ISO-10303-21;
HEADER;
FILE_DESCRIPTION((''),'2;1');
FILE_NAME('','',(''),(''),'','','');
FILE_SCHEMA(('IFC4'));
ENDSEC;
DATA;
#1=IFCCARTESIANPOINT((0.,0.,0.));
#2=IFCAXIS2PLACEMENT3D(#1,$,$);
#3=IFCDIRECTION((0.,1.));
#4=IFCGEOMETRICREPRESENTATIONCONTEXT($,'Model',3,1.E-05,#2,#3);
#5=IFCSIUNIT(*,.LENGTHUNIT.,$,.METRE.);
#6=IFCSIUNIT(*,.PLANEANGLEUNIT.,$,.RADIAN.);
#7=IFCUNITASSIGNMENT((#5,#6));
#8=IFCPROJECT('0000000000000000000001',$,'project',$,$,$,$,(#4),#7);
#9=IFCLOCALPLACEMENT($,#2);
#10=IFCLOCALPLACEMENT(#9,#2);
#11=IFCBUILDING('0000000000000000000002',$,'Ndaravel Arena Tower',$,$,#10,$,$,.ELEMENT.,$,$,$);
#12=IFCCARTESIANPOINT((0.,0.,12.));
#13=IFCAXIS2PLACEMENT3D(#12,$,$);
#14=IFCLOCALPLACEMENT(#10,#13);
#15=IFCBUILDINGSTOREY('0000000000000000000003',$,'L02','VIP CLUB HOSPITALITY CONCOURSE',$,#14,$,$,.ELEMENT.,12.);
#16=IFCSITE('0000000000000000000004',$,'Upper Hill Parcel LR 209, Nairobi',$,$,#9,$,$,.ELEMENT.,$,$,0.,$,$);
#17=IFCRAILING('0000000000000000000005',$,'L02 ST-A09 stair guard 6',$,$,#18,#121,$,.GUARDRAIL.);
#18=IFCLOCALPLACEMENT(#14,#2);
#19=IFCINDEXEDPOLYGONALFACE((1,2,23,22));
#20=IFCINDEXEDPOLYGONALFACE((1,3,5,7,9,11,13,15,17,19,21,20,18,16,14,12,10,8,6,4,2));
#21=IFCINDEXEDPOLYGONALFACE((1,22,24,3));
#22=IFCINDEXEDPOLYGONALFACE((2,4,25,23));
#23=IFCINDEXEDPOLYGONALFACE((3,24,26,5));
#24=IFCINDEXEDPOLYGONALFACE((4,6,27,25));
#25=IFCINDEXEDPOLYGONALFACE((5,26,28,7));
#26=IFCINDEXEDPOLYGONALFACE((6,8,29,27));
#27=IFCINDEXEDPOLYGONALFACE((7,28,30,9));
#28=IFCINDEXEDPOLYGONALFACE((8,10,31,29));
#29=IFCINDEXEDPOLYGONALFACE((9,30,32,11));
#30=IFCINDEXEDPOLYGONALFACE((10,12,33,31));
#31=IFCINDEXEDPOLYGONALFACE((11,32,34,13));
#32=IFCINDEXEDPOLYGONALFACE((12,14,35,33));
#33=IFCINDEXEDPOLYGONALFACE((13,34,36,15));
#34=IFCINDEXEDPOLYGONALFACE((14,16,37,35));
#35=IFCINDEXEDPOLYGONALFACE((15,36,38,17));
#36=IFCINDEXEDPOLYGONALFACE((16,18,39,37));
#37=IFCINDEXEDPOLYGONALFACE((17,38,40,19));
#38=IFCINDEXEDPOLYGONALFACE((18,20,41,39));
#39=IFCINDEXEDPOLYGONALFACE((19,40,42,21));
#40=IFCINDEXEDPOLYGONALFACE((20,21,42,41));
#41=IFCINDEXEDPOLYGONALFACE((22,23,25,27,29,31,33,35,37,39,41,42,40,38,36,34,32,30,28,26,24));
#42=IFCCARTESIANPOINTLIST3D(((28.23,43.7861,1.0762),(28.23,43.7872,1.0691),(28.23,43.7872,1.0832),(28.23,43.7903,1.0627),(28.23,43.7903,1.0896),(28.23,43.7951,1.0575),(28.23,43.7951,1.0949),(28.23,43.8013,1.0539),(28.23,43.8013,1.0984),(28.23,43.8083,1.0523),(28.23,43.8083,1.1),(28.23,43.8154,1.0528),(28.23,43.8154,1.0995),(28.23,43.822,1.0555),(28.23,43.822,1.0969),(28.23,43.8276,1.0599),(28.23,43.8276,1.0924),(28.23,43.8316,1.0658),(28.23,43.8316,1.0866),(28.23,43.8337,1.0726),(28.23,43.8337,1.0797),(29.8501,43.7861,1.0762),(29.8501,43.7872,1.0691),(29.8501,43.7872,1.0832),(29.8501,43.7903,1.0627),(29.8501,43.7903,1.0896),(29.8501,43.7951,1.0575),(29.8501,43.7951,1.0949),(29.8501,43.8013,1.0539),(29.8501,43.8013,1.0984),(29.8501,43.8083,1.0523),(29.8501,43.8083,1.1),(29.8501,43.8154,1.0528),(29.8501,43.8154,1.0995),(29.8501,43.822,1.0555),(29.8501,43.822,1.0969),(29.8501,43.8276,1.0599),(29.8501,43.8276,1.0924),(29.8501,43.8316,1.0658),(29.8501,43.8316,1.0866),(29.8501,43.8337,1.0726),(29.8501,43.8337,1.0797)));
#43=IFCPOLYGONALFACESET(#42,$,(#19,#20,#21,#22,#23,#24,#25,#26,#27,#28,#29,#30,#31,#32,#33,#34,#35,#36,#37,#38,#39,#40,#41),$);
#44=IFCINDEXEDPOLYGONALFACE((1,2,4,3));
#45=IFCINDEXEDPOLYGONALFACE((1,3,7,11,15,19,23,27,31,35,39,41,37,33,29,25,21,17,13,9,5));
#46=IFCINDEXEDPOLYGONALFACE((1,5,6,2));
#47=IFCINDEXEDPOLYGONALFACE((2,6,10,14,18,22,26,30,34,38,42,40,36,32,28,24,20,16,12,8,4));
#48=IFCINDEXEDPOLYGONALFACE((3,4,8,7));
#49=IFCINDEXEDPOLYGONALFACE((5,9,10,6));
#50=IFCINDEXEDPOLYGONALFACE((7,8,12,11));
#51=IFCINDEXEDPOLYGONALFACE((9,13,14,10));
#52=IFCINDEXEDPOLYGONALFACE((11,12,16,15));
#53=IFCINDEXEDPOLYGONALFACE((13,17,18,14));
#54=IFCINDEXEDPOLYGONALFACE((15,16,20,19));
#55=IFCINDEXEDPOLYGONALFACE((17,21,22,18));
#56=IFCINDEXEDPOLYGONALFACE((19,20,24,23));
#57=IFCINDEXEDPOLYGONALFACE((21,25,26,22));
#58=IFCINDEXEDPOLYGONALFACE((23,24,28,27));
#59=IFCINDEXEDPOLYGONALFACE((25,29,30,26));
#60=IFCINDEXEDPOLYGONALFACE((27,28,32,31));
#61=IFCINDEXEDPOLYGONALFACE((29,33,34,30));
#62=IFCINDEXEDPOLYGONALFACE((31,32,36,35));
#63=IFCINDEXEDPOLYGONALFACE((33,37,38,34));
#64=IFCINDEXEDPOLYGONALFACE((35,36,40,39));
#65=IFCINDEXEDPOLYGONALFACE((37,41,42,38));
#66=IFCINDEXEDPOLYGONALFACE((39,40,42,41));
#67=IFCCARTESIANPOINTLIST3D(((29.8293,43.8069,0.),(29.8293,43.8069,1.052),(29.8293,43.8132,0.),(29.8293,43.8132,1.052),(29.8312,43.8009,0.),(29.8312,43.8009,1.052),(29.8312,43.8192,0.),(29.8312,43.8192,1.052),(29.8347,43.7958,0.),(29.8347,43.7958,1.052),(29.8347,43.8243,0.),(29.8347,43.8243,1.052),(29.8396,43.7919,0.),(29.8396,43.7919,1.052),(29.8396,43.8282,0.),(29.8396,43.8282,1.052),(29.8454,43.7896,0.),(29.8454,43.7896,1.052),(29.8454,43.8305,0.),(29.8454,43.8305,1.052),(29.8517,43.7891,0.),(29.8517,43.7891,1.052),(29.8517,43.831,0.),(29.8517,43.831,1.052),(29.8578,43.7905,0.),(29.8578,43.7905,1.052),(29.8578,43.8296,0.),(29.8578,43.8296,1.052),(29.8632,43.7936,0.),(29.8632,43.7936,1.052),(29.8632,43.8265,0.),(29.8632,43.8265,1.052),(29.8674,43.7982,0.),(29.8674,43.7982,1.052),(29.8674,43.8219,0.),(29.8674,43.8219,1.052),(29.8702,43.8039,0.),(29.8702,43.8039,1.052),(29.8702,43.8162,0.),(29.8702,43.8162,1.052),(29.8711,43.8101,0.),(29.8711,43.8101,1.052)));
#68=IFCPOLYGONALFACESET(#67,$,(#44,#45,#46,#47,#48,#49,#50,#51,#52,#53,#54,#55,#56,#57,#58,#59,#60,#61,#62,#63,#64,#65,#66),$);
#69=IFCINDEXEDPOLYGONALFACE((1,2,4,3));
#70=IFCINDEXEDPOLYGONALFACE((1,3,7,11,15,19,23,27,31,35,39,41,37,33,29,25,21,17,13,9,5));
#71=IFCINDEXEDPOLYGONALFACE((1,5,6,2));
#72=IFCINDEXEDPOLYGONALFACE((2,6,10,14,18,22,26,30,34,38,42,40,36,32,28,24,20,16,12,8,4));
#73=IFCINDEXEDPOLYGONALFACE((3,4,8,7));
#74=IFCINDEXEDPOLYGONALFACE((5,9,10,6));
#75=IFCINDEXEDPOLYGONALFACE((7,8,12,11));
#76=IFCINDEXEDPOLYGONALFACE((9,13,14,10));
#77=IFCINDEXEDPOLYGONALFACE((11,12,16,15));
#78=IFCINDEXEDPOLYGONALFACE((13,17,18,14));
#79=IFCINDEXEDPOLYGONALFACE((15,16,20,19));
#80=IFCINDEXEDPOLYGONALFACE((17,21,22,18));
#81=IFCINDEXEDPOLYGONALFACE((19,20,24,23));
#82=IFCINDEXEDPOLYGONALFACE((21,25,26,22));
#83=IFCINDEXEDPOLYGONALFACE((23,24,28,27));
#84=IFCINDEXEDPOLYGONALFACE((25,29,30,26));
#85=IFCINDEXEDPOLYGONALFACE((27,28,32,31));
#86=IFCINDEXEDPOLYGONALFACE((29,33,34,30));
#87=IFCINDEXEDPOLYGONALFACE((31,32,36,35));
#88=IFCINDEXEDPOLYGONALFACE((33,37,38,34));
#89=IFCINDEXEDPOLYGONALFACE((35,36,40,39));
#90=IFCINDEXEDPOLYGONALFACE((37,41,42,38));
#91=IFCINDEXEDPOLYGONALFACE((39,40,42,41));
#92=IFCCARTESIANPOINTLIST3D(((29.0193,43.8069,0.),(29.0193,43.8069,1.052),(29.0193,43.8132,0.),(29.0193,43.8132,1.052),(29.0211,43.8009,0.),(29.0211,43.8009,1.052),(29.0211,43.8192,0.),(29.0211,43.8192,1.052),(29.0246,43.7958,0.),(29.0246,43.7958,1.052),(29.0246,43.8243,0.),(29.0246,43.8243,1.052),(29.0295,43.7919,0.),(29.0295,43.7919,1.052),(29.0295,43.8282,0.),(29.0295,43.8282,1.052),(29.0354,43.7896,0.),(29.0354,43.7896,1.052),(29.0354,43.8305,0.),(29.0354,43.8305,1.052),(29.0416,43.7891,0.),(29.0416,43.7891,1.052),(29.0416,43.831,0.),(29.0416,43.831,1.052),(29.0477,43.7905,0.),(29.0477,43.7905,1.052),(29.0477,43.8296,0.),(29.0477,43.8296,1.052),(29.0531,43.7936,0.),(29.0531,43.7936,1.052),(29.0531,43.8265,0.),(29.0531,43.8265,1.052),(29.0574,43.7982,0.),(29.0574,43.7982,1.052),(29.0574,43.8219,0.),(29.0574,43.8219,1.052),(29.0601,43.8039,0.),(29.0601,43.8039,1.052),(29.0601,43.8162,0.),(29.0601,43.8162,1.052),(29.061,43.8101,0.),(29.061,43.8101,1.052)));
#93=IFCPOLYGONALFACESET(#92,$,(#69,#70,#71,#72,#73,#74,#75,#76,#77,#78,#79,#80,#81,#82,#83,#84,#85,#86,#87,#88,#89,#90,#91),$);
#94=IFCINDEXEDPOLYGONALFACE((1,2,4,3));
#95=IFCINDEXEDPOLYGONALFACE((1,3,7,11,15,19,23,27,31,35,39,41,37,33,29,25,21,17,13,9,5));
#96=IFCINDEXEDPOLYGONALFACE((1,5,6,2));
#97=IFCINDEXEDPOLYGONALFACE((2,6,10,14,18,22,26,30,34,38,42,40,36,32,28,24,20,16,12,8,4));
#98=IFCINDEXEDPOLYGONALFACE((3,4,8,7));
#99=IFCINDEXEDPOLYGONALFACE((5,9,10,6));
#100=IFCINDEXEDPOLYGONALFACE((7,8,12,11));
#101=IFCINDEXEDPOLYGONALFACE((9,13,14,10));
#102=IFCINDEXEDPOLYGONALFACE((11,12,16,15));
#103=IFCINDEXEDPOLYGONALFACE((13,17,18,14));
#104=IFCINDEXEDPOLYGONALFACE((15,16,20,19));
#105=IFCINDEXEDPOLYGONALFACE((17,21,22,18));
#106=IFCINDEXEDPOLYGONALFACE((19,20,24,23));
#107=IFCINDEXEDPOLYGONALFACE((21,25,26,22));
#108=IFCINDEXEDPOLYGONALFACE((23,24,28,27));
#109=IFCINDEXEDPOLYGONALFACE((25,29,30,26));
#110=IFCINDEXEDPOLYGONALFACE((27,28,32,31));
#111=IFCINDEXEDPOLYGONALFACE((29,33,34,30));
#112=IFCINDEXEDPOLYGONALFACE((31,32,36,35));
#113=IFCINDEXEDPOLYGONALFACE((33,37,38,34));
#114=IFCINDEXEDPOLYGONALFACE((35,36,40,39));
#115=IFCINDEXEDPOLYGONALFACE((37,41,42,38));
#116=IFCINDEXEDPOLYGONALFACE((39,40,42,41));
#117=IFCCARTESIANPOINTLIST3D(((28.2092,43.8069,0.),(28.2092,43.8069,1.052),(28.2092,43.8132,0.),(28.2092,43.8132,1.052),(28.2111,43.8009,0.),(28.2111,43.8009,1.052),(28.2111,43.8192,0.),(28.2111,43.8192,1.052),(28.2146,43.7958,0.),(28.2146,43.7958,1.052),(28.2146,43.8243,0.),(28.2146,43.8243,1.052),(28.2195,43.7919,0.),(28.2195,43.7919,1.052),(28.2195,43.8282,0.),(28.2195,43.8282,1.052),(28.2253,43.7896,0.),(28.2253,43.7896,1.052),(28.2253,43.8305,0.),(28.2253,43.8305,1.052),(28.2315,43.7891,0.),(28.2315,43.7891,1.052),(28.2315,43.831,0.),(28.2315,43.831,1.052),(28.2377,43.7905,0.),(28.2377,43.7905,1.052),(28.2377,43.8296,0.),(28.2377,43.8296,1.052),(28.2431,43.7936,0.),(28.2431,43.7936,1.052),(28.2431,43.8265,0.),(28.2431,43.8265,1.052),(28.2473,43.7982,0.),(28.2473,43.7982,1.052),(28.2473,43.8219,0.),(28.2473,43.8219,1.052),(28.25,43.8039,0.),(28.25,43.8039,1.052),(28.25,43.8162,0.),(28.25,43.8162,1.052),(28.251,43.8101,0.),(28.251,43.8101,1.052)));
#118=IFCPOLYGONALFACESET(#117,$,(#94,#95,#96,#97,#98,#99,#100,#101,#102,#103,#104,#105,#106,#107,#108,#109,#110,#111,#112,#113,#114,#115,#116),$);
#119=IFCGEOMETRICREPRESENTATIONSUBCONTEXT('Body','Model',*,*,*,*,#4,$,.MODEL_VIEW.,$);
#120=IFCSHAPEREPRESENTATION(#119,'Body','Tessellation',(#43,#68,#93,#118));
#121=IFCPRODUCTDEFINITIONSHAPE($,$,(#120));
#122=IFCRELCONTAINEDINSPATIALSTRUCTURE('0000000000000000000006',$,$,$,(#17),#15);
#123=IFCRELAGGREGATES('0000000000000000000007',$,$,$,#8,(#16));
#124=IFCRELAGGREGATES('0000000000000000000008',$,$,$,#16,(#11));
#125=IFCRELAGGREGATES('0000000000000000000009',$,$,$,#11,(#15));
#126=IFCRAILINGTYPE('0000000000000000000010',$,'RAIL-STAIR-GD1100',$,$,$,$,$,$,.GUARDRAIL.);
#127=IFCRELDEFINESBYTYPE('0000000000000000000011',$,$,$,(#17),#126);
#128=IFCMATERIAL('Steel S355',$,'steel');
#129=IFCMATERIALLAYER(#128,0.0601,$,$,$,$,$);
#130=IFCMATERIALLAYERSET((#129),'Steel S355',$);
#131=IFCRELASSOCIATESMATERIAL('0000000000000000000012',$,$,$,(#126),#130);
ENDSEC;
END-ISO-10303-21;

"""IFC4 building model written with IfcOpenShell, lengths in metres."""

from ifc_helpers import new_model, si_unit, direction, frame, origin, origin_2d, place, context, subcontext, project, spatial, circle, extrude, material, layer, layer_set, type_object, element, save


model = new_model("IFC4")

# Units and contexts
model_context = context("Model", 3, precision=1e-05, world=origin(), true_north=direction((0.0, 1.0)))
body_context = subcontext(model_context, "Body", "Model", "MODEL_VIEW")
ifc_project = project(units=[si_unit("LENGTHUNIT", "METRE"), si_unit("PLANEANGLEUNIT", "RADIAN")], contexts=[model_context])

# Site, building, storey
site_placement = place(None, origin())
site = spatial("IfcSite", under=ifc_project, at=site_placement, Name="Upper Hill Parcel LR 209, Nairobi", CompositionType="ELEMENT", RefElevation=0.0)
building_placement = place(site_placement, origin())
building = spatial("IfcBuilding", under=site, at=building_placement, Name="Ndaravel Arena Tower", CompositionType="ELEMENT")
storey_placement = place(building_placement, frame((0.0, 0.0, 12.0)))
storey = spatial("IfcBuildingStorey", under=building, at=storey_placement, Name="L02", Description="VIP CLUB HOSPITALITY CONCOURSE", CompositionType="ELEMENT", Elevation=12.0)

# Railing
ifc_material_1 = material(Name="Steel S355", Category="steel")
ifc_layer_1 = layer(ifc_material_1, 0.0601)
ifc_layer_set_1 = layer_set([ifc_layer_1], Name="Steel S355")
railing_type_1 = type_object("IfcRailingType", Name="RAIL-STAIR-GD1100", PredefinedType="GUARDRAIL", material=ifc_layer_set_1)
for number, where, name in (
    (1, (29.8501, 43.8101, 0.0), "L02 ST-A09 stair guard 6"),
):
    element("IfcRailing", number, at=place(storey_placement, frame(where)), inside=storey, type_object=railing_type_1, Name=name, PredefinedType="GUARDRAIL", context=body_context, shape_type="SweptSolid", body=[
        extrude(circle(Radius=0.0239, at=origin_2d()), frame((0.0, 0.0, 1.0762), z_axis=(-1.0, 0.0, 0.0), x_axis=(0.0, -1.0, 0.0)), (0.0, 0.0, 1.0), 1.6201),
        extrude(circle(Radius=0.021, at=origin_2d()), origin(), (0.0, 0.0, 1.0), 1.052),
        extrude(circle(Radius=0.021, at=origin_2d()), frame((-0.8101, 0.0, 0.0)), (0.0, 0.0, 1.0), 1.052),
        extrude(circle(Radius=0.021, at=origin_2d()), frame((-1.6201, 0.0, 0.0)), (0.0, 0.0, 1.0), 1.052),
    ])

save(model, "model.ifc")
